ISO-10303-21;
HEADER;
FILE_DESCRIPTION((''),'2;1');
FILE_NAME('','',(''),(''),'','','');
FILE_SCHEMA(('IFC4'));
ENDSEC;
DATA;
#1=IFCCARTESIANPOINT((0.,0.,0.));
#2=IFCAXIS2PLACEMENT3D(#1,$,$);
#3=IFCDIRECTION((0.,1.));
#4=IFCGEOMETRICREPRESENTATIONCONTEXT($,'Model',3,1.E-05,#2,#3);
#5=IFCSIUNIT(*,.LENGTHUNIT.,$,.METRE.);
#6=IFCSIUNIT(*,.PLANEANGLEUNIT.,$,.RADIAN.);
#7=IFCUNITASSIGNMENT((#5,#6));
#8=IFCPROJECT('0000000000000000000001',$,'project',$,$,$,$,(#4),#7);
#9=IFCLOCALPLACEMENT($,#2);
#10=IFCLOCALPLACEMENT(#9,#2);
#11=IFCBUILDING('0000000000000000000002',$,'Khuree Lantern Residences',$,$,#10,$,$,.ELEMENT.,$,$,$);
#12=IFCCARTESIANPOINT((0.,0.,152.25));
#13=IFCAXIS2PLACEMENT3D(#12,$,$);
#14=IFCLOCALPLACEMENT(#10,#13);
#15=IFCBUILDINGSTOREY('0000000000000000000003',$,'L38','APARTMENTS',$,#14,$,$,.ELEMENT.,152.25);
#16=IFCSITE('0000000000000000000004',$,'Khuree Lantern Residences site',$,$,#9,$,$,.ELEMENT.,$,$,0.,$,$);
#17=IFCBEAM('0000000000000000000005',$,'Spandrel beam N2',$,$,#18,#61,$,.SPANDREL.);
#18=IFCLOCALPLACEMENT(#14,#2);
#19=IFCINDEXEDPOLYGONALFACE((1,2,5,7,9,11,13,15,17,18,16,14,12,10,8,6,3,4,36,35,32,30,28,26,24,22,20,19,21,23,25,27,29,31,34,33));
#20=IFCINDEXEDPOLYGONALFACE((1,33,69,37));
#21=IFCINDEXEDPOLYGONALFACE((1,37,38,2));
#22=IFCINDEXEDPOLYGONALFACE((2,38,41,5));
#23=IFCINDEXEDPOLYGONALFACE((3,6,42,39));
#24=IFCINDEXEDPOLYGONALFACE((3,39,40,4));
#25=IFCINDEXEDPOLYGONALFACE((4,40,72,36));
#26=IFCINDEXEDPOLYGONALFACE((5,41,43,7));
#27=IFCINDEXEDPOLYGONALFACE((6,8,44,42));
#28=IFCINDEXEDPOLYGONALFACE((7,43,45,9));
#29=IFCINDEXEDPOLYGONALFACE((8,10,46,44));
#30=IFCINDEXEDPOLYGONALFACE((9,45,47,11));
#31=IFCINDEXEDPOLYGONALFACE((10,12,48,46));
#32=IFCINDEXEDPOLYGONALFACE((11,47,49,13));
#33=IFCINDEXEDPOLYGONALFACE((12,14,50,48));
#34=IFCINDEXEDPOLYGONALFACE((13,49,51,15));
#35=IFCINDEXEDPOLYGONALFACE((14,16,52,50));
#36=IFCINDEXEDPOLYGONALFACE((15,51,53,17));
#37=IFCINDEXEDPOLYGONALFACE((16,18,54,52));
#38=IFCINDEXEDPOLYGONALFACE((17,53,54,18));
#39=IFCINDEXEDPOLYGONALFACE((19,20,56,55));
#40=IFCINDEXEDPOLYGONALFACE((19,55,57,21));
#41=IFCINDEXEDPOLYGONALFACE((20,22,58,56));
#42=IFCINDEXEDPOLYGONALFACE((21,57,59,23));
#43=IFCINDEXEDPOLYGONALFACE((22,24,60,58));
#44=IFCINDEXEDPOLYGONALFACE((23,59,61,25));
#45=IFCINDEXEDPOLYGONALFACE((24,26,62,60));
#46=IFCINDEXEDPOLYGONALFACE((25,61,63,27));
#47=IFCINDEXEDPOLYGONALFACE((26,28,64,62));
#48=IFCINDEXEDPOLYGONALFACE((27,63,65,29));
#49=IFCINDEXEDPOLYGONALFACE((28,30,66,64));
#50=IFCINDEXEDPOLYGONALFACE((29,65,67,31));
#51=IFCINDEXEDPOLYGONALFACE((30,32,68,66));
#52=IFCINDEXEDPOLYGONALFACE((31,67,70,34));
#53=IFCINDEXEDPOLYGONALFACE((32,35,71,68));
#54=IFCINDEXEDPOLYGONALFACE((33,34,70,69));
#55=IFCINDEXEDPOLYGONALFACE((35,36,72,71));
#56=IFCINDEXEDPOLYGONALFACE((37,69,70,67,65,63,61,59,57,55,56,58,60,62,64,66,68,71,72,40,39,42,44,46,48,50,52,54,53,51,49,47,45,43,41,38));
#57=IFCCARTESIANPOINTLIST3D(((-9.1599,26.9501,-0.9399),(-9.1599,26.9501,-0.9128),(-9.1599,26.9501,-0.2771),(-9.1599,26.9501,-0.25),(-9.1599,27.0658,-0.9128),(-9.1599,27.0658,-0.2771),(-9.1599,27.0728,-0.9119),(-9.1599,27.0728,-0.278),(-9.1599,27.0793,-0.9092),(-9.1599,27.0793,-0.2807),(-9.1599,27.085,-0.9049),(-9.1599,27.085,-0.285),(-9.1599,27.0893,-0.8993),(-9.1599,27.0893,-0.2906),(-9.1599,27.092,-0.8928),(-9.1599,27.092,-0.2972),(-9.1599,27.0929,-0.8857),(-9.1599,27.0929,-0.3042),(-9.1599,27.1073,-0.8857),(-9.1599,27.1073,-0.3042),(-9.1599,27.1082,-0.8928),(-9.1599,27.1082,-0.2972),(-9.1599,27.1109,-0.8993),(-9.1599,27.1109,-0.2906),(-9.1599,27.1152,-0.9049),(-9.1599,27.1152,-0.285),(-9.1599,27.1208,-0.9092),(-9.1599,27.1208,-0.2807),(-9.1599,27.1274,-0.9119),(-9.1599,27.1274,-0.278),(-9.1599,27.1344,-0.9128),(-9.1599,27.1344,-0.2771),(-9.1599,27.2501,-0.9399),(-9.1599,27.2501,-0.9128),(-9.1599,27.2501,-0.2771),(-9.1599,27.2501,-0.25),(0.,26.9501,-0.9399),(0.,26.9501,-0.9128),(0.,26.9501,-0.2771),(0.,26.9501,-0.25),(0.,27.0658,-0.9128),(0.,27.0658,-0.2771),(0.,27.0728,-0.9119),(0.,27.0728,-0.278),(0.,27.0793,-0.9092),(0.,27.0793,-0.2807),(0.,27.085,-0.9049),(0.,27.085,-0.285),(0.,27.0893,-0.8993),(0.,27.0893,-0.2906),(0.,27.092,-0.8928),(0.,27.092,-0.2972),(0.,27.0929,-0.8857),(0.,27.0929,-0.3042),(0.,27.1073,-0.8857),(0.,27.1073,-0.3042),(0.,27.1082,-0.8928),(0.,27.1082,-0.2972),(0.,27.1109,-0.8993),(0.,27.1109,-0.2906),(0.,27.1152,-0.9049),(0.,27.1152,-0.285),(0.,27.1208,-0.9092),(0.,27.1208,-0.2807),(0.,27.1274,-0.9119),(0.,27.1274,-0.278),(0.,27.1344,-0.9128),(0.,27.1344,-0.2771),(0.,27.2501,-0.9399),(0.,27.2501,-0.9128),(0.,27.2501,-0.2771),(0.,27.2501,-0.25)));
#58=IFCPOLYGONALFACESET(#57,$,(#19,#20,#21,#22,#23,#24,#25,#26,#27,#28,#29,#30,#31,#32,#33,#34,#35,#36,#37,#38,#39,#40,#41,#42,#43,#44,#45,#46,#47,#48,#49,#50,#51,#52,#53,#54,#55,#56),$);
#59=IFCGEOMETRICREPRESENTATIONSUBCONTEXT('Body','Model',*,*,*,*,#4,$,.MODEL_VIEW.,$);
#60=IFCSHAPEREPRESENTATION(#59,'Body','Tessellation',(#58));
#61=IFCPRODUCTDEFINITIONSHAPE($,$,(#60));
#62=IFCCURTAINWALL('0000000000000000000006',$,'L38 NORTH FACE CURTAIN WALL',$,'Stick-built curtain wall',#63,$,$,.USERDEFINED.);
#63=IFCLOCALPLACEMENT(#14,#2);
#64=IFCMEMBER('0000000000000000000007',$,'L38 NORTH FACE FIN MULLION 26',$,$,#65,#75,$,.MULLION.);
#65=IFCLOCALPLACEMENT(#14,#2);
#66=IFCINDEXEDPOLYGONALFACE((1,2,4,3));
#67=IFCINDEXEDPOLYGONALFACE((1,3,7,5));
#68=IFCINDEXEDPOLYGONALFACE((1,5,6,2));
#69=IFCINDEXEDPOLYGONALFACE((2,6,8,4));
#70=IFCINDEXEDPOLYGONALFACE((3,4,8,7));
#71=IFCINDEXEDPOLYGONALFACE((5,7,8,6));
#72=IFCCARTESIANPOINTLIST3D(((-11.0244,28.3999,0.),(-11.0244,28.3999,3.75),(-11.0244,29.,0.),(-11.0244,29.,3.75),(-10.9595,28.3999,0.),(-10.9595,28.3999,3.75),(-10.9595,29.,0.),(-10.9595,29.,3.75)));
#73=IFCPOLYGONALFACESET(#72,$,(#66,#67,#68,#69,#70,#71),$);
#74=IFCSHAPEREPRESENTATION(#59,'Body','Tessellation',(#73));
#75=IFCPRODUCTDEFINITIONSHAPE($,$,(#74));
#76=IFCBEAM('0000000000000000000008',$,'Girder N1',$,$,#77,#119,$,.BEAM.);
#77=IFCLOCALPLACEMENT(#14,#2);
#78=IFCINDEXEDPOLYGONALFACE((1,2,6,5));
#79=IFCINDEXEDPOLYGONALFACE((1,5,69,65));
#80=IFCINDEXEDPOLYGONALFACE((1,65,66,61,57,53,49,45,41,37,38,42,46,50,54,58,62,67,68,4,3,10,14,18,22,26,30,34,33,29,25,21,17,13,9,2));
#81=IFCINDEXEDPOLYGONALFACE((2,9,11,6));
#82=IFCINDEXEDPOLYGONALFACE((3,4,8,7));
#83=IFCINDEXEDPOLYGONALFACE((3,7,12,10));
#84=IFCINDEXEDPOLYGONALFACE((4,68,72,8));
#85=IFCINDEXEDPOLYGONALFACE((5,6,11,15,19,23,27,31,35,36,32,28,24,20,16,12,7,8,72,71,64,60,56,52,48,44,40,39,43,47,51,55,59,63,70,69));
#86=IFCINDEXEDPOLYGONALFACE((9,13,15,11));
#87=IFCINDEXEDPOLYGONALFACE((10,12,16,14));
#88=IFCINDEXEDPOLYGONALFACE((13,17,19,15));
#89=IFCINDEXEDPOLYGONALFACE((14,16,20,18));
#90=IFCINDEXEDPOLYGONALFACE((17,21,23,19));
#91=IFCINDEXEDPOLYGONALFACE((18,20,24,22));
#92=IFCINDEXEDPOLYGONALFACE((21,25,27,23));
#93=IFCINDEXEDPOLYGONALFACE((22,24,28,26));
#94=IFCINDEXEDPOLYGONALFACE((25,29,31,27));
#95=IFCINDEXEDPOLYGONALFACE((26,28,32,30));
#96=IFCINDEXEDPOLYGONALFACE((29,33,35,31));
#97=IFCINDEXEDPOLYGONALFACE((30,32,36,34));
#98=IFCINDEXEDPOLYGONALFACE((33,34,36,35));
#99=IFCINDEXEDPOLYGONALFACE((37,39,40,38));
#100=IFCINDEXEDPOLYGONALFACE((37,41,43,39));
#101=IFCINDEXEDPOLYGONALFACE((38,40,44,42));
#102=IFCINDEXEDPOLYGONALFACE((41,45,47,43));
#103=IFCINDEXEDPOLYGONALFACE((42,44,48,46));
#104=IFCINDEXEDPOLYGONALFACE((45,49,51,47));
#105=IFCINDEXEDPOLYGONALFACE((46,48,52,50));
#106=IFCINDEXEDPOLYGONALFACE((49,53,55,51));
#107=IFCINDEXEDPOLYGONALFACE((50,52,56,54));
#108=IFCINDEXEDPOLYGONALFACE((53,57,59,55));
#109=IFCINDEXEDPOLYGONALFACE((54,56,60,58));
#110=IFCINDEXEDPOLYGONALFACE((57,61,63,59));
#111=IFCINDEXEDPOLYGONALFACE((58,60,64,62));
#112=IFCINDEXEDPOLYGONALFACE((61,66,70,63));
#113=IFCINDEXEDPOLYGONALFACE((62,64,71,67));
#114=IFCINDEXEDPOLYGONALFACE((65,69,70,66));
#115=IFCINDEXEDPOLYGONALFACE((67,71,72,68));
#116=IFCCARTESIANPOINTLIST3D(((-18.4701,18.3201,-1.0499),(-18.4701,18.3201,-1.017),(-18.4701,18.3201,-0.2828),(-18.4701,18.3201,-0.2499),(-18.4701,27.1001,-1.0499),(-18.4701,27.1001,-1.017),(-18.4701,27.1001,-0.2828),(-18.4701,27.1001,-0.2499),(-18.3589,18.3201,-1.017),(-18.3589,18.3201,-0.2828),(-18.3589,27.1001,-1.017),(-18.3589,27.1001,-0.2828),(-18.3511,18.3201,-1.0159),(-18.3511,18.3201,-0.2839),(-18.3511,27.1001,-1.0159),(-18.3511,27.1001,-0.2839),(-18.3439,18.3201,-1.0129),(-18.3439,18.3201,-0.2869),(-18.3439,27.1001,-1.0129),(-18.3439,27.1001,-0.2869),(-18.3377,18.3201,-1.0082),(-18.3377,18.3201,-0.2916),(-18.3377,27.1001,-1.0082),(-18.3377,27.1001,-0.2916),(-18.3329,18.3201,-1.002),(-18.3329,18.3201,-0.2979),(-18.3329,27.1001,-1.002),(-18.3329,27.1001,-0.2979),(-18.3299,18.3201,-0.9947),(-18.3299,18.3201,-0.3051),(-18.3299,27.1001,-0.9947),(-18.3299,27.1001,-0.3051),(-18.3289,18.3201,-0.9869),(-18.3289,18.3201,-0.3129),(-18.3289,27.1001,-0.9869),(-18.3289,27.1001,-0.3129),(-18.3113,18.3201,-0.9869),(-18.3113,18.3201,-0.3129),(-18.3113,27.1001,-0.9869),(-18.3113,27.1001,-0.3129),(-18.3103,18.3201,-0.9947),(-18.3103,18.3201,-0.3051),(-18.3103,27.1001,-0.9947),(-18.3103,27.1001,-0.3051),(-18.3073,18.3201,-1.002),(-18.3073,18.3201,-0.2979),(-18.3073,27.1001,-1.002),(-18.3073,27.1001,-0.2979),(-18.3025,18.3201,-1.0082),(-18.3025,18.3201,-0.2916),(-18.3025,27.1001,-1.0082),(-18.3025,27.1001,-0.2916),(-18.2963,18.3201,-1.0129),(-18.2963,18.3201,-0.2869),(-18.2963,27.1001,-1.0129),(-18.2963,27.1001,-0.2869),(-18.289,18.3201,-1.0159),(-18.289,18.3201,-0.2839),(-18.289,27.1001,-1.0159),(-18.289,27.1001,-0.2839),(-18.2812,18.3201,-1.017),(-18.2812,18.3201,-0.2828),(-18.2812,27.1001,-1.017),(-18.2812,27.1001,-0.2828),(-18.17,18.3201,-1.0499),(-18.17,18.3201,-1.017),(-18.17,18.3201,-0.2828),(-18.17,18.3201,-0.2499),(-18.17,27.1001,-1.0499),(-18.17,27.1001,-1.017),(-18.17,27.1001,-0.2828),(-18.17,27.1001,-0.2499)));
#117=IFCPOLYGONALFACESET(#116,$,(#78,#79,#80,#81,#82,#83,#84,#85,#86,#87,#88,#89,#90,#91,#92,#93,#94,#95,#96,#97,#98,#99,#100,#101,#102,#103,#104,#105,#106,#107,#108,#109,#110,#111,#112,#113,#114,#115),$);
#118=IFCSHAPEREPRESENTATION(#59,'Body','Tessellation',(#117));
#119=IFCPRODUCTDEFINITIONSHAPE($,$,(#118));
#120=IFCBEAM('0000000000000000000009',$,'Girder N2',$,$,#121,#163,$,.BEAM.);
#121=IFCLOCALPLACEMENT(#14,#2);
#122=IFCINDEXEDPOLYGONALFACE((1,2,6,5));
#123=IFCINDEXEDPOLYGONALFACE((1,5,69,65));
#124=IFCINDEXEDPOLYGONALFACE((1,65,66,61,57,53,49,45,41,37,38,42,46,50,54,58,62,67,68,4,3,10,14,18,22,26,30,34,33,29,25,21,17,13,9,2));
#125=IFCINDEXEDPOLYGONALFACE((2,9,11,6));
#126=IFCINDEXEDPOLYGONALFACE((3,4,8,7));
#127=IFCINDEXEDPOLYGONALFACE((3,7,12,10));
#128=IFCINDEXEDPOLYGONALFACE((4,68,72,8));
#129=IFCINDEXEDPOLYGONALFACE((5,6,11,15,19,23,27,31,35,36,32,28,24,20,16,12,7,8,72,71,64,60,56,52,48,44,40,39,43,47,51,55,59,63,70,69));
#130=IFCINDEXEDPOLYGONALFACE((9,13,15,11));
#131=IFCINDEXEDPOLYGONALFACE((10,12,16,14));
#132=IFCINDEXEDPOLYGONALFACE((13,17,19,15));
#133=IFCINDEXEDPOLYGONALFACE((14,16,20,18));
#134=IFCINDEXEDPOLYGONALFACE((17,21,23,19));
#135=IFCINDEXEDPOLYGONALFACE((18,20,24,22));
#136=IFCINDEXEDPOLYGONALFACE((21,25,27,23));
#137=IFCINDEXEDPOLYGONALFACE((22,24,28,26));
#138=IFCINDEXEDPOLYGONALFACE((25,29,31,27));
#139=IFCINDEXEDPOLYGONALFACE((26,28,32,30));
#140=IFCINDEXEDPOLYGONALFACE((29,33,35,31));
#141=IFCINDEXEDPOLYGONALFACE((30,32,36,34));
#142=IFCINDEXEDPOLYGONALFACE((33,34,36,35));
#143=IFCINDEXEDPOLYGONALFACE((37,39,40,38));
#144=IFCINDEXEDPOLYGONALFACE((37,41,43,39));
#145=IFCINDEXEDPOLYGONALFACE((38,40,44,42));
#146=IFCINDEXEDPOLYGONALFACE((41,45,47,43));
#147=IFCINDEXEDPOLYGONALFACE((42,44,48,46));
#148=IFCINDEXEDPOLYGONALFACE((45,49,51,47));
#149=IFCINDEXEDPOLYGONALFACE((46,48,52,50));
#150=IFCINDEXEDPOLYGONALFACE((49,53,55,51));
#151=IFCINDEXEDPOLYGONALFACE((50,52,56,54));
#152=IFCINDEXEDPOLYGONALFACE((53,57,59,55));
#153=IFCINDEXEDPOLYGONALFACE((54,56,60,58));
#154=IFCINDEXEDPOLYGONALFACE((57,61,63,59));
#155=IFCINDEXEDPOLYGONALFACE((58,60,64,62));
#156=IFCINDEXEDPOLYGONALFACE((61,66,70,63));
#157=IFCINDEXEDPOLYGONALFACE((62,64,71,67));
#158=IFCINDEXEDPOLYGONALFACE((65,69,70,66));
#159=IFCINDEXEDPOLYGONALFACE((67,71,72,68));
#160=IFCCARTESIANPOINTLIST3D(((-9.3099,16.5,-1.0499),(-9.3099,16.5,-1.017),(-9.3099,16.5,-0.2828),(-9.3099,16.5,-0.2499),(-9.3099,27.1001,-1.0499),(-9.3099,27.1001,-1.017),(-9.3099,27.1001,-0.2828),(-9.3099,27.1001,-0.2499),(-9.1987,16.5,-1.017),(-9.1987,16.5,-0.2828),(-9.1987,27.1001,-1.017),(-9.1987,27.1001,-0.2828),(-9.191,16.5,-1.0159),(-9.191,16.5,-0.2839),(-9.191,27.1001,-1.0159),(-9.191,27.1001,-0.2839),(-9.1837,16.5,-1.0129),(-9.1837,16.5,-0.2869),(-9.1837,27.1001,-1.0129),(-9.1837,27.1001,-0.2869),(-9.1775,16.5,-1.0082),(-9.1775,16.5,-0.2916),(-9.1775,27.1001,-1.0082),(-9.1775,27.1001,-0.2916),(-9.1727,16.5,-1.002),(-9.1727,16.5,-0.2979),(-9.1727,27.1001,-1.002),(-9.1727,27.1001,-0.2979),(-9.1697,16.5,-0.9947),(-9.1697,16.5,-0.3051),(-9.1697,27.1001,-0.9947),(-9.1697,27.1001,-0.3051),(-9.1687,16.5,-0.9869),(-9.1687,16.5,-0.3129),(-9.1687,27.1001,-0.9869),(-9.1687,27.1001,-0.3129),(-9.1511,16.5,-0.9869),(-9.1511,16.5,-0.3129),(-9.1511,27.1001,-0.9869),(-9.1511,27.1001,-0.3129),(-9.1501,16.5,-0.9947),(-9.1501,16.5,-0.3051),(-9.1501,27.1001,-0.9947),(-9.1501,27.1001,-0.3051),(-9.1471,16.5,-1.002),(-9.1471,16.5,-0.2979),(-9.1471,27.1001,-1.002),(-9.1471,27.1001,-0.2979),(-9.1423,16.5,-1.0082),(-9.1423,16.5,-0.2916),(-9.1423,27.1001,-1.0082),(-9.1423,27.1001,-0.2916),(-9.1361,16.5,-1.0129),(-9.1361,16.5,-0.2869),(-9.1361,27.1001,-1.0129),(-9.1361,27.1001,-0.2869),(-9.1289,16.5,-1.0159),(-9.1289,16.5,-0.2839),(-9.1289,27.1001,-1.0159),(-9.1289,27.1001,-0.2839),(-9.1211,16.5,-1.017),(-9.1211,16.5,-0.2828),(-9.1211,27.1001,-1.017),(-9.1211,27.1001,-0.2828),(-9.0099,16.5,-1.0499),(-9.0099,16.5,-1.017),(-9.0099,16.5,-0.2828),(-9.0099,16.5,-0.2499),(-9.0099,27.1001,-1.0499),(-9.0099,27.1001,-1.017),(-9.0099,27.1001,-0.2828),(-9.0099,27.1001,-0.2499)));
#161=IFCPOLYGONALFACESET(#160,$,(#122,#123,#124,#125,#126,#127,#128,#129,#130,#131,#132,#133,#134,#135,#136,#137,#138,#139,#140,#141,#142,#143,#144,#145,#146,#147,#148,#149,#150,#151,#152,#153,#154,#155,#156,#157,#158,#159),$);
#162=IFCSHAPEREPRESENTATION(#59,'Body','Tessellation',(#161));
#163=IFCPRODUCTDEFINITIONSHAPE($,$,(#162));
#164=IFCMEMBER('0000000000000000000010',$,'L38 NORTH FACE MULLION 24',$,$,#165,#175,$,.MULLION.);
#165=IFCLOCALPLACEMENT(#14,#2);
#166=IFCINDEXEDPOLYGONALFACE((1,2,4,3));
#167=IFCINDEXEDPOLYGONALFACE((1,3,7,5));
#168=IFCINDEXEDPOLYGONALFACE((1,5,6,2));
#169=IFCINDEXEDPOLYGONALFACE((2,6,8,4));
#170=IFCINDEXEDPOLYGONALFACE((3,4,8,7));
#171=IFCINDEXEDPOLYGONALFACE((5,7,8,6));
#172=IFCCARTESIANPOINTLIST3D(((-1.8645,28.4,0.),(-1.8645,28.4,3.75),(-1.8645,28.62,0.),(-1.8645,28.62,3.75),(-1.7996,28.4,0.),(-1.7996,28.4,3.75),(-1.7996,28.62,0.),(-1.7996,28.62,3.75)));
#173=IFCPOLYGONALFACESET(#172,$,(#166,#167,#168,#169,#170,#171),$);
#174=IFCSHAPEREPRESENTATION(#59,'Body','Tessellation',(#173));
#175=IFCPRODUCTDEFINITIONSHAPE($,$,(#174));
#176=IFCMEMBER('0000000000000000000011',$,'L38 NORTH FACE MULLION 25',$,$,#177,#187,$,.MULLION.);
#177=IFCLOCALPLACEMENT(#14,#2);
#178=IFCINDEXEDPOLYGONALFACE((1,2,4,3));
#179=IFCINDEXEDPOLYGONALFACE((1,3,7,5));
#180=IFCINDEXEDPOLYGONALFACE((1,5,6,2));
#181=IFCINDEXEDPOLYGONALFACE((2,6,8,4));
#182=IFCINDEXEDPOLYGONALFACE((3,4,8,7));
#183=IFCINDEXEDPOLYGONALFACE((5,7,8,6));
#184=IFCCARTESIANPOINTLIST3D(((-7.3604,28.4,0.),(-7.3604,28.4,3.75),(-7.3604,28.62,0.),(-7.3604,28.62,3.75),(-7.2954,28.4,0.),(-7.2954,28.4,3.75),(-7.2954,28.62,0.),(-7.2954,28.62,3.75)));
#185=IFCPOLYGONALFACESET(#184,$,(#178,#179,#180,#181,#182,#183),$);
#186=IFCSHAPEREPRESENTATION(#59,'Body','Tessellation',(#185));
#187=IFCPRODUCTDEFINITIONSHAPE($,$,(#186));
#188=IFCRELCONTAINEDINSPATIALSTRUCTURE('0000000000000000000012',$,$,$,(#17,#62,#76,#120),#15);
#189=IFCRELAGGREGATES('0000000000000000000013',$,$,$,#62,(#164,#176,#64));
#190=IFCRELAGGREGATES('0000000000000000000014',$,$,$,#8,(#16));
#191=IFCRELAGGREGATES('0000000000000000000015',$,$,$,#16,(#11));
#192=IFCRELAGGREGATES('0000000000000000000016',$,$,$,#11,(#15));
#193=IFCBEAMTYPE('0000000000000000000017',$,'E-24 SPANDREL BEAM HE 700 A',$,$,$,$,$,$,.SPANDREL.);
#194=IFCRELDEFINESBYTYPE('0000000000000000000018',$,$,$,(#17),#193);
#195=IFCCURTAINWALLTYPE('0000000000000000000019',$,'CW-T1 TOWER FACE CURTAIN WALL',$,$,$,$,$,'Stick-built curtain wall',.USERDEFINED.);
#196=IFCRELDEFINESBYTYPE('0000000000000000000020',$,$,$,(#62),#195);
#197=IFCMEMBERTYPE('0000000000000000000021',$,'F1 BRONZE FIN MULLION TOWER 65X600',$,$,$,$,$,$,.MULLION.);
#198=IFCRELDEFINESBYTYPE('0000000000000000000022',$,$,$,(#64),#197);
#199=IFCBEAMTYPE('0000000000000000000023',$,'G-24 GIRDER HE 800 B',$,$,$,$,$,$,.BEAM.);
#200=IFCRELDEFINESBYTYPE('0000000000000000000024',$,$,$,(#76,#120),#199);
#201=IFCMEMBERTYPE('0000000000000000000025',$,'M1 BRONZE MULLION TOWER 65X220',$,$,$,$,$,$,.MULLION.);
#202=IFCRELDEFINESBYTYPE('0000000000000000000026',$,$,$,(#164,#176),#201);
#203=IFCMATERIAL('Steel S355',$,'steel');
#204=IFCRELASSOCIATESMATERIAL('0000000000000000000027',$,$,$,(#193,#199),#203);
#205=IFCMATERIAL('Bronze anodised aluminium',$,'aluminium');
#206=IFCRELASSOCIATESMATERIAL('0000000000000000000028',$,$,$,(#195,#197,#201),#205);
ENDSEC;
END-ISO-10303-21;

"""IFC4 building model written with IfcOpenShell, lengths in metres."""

from ifc_helpers import new_model, si_unit, direction, frame, origin, origin_2d, place, context, subcontext, project, spatial, rectangle, i_section, extrude, material, material_profile, profile_set, type_object, element, aggregate, save


model = new_model("IFC4")

# Units and contexts
model_context = context("Model", 3, precision=1e-05, world=origin(), true_north=direction((0.0, 1.0)))
body_context = subcontext(model_context, "Body", "Model", "MODEL_VIEW")
ifc_project = project(units=[si_unit("LENGTHUNIT", "METRE"), si_unit("PLANEANGLEUNIT", "RADIAN")], contexts=[model_context])

# Site, building, storey
site_placement = place(None, origin())
site = spatial("IfcSite", under=ifc_project, at=site_placement, Name="Khuree Lantern Residences site", CompositionType="ELEMENT", RefElevation=0.0)
building_placement = place(site_placement, origin())
building = spatial("IfcBuilding", under=site, at=building_placement, Name="Khuree Lantern Residences", CompositionType="ELEMENT")
storey_placement = place(building_placement, frame((0.0, 0.0, 152.25)))
storey = spatial("IfcBuildingStorey", under=building, at=storey_placement, Name="L38", Description="APARTMENTS", CompositionType="ELEMENT", Elevation=152.25)

# Beam
ifc_material_1 = material(Name="Steel S355", Category="steel")
ifc_material_profile_1 = material_profile(ifc_material_1, i_section(OverallWidth=0.3, OverallDepth=0.6899, WebThickness=0.0144, FlangeThickness=0.0271, FilletRadius=0.0271, at=origin_2d()), Name="HE 700 A")
ifc_profile_set_1 = profile_set([ifc_material_profile_1], Name="Steel S355")
beam_type_1 = type_object("IfcBeamType", Name="E-24 SPANDREL BEAM HE 700 A", PredefinedType="SPANDREL", material=ifc_profile_set_1)
beam_1_placement = place(storey_placement, frame((-9.1599, 27.1001, -0.595), z_axis=(1.0, 0.0, 0.0), x_axis=(0.0, 1.0, 0.0)))
element("IfcBeam", 1, at=beam_1_placement, inside=storey, type_object=beam_type_1, Name="Spandrel beam N2", PredefinedType="SPANDREL", context=body_context, shape_type="SweptSolid", body=[
    extrude(i_section(OverallWidth=0.3, OverallDepth=0.6899, WebThickness=0.0144, FlangeThickness=0.0271, FilletRadius=0.0271, at=origin_2d()), origin(), (0.0, 0.0, 1.0), 9.1599),
])

# Curtain wall, member
ifc_material_2 = material(Name="Bronze anodised aluminium", Category="aluminium")
curtain_wall_type = type_object("IfcCurtainWallType", Name="CW-T1 TOWER FACE CURTAIN WALL", ElementType="Stick-built curtain wall", PredefinedType="USERDEFINED", material=ifc_material_2)
curtain_wall_placement = place(storey_placement, origin())
curtain_wall = element("IfcCurtainWall", 2, at=curtain_wall_placement, inside=storey, type_object=curtain_wall_type, Name="L38 NORTH FACE CURTAIN WALL", ObjectType="Stick-built curtain wall", PredefinedType="USERDEFINED")
ifc_material_profile_2 = material_profile(ifc_material_2, rectangle(XDim=0.0649, YDim=0.6001, at=origin_2d()), Name="F1 65X600")
ifc_profile_set_2 = profile_set([ifc_material_profile_2], Name="Bronze anodised aluminium")
member_type_1 = type_object("IfcMemberType", Name="F1 BRONZE FIN MULLION TOWER 65X600", PredefinedType="MULLION", material=ifc_profile_set_2)
member_1_placement = place(storey_placement, frame((-10.9919, 28.7, 0.0), z_axis=(0.0, 0.0, 1.0), x_axis=(-1.0, 0.0, 0.0)))
member_1 = element("IfcMember", 3, at=member_1_placement, type_object=member_type_1, Name="L38 NORTH FACE FIN MULLION 26", PredefinedType="MULLION", context=body_context, shape_type="SweptSolid", body=[
    extrude(rectangle(XDim=0.0649, YDim=0.6001, at=origin_2d()), origin(), (0.0, 0.0, 1.0), 3.75),
])

# Beams
ifc_material_profile_3 = material_profile(ifc_material_1, i_section(OverallWidth=0.3, OverallDepth=0.8, WebThickness=0.0176, FlangeThickness=0.033, FilletRadius=0.03, at=origin_2d()), Name="HE 800 B")
ifc_profile_set_3 = profile_set([ifc_material_profile_3], Name="Steel S355")
beam_type_2 = type_object("IfcBeamType", Name="G-24 GIRDER HE 800 B", PredefinedType="BEAM", material=ifc_profile_set_3)
beam_2_placement = place(storey_placement, frame((-18.3201, 27.1001, -0.6499), z_axis=(0.0, -1.0, 0.0), x_axis=(1.0, 0.0, 0.0)))
element("IfcBeam", 4, at=beam_2_placement, inside=storey, type_object=beam_type_2, Name="Girder N1", PredefinedType="BEAM", context=body_context, shape_type="SweptSolid", body=[
    extrude(i_section(OverallWidth=0.3, OverallDepth=0.8, WebThickness=0.0176, FlangeThickness=0.033, FilletRadius=0.03, at=origin_2d()), origin(), (0.0, 0.0, 1.0), 8.78),
])
beam_3_placement = place(storey_placement, frame((-9.1599, 27.1001, -0.6499), z_axis=(0.0, -1.0, 0.0), x_axis=(1.0, 0.0, 0.0)))
element("IfcBeam", 5, at=beam_3_placement, inside=storey, type_object=beam_type_2, Name="Girder N2", PredefinedType="BEAM", context=body_context, shape_type="SweptSolid", body=[
    extrude(i_section(OverallWidth=0.3, OverallDepth=0.8, WebThickness=0.0176, FlangeThickness=0.033, FilletRadius=0.03, at=origin_2d()), origin(), (0.0, 0.0, 1.0), 10.6001),
])

# Members
ifc_material_profile_4 = material_profile(ifc_material_2, rectangle(XDim=0.0649, YDim=0.22, at=origin_2d()), Name="M1 65X220")
ifc_profile_set_4 = profile_set([ifc_material_profile_4], Name="Bronze anodised aluminium")
member_type_2 = type_object("IfcMemberType", Name="M1 BRONZE MULLION TOWER 65X220", PredefinedType="MULLION", material=ifc_profile_set_4)
member_2_placement = place(storey_placement, frame((-1.832, 28.51, 0.0), z_axis=(0.0, 0.0, 1.0), x_axis=(-1.0, 0.0, 0.0)))
member_2 = element("IfcMember", 6, at=member_2_placement, type_object=member_type_2, Name="L38 NORTH FACE MULLION 24", PredefinedType="MULLION", context=body_context, shape_type="SweptSolid", body=[
    extrude(rectangle(XDim=0.0649, YDim=0.22, at=origin_2d()), origin(), (0.0, 0.0, 1.0), 3.75),
])
member_3_placement = place(storey_placement, frame((-7.3279, 28.51, 0.0), z_axis=(0.0, 0.0, 1.0), x_axis=(-1.0, 0.0, 0.0)))
member_3 = element("IfcMember", 7, at=member_3_placement, type_object=member_type_2, Name="L38 NORTH FACE MULLION 25", PredefinedType="MULLION", context=body_context, shape_type="SweptSolid", body=[
    extrude(rectangle(XDim=0.0649, YDim=0.22, at=origin_2d()), origin(), (0.0, 0.0, 1.0), 3.75),
])

aggregate(curtain_wall, [member_2, member_3, member_1])

save(model, "model.ifc")
